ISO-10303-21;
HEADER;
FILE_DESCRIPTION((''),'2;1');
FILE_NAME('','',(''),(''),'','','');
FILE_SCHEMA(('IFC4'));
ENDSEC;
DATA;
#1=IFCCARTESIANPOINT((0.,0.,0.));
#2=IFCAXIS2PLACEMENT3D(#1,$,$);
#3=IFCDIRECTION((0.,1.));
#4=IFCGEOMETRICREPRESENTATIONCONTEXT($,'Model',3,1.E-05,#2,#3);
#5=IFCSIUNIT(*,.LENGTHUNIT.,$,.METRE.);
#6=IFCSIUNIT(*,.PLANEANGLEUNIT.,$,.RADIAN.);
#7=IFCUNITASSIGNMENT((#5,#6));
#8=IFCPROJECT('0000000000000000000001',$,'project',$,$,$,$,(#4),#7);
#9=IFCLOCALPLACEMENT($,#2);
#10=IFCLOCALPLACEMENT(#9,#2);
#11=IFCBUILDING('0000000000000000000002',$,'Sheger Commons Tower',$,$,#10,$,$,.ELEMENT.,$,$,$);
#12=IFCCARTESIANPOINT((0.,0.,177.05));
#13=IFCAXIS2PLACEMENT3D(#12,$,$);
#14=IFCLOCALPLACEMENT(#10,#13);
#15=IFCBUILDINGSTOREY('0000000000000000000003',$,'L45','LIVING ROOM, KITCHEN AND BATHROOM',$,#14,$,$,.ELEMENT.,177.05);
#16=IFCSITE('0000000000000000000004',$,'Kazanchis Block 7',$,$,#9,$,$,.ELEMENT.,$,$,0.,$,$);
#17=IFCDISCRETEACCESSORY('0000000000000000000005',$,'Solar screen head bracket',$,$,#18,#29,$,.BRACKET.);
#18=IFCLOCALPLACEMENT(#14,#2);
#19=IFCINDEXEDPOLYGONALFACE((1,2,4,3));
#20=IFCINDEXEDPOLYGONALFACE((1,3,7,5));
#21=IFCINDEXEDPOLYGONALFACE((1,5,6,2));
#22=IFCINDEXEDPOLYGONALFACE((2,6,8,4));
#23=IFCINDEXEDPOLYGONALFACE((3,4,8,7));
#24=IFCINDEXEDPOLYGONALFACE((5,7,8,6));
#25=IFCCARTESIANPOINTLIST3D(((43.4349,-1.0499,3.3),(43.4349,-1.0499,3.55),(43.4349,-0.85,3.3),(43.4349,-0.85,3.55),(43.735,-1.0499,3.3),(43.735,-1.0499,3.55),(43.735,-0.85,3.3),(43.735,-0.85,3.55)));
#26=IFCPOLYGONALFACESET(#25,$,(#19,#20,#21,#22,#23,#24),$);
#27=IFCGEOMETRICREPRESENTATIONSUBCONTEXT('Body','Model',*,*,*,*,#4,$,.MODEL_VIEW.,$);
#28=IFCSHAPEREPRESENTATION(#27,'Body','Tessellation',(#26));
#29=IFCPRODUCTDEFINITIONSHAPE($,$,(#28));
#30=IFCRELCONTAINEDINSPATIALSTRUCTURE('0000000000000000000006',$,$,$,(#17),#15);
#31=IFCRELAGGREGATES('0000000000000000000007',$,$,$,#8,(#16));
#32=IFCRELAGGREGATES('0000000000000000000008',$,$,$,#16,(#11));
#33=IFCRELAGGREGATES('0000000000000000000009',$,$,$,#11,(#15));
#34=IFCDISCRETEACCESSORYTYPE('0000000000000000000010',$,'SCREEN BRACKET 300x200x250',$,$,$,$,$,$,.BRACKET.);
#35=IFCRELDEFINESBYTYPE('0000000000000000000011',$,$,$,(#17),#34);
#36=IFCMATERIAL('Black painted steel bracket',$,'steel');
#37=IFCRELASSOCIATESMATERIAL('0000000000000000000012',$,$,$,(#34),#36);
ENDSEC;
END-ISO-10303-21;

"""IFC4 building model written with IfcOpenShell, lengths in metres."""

from ifc_helpers import new_model, si_unit, direction, frame, origin, origin_2d, place, context, subcontext, project, spatial, rectangle, extrude, material, type_object, element, save


model = new_model("IFC4")

# Units and contexts
model_context = context("Model", 3, precision=1e-05, world=origin(), true_north=direction((0.0, 1.0)))
body_context = subcontext(model_context, "Body", "Model", "MODEL_VIEW")
ifc_project = project(units=[si_unit("LENGTHUNIT", "METRE"), si_unit("PLANEANGLEUNIT", "RADIAN")], contexts=[model_context])

# Site, building, storey
site_placement = place(None, origin())
site = spatial("IfcSite", under=ifc_project, at=site_placement, Name="Kazanchis Block 7", CompositionType="ELEMENT", RefElevation=0.0)
building_placement = place(site_placement, origin())
building = spatial("IfcBuilding", under=site, at=building_placement, Name="Sheger Commons Tower", CompositionType="ELEMENT")
storey_placement = place(building_placement, frame((0.0, 0.0, 177.05)))
storey = spatial("IfcBuildingStorey", under=building, at=storey_placement, Name="L45", Description="LIVING ROOM, KITCHEN AND BATHROOM", CompositionType="ELEMENT", Elevation=177.05)

# Discrete accessory
ifc_material_1 = material(Name="Black painted steel bracket", Category="steel")
discrete_accessory_type = type_object("IfcDiscreteAccessoryType", Name="SCREEN BRACKET 300x200x250", PredefinedType="BRACKET", material=ifc_material_1)
for number, where, z_axis, x_axis, name in (
    (1, (43.585, -0.95, 3.3), (0.0, 0.0, 1.0), (1.0, 0.0, 0.0), "Solar screen head bracket"),
):
    element("IfcDiscreteAccessory", number, at=place(storey_placement, frame(where, z_axis=z_axis, x_axis=x_axis)), inside=storey, type_object=discrete_accessory_type, Name=name, PredefinedType="BRACKET", context=body_context, shape_type="SweptSolid", body=[
        extrude(rectangle(XDim=0.3, YDim=0.2, at=origin_2d()), origin(), (0.0, 0.0, 1.0), 0.25),
    ])

save(model, "model.ifc")
